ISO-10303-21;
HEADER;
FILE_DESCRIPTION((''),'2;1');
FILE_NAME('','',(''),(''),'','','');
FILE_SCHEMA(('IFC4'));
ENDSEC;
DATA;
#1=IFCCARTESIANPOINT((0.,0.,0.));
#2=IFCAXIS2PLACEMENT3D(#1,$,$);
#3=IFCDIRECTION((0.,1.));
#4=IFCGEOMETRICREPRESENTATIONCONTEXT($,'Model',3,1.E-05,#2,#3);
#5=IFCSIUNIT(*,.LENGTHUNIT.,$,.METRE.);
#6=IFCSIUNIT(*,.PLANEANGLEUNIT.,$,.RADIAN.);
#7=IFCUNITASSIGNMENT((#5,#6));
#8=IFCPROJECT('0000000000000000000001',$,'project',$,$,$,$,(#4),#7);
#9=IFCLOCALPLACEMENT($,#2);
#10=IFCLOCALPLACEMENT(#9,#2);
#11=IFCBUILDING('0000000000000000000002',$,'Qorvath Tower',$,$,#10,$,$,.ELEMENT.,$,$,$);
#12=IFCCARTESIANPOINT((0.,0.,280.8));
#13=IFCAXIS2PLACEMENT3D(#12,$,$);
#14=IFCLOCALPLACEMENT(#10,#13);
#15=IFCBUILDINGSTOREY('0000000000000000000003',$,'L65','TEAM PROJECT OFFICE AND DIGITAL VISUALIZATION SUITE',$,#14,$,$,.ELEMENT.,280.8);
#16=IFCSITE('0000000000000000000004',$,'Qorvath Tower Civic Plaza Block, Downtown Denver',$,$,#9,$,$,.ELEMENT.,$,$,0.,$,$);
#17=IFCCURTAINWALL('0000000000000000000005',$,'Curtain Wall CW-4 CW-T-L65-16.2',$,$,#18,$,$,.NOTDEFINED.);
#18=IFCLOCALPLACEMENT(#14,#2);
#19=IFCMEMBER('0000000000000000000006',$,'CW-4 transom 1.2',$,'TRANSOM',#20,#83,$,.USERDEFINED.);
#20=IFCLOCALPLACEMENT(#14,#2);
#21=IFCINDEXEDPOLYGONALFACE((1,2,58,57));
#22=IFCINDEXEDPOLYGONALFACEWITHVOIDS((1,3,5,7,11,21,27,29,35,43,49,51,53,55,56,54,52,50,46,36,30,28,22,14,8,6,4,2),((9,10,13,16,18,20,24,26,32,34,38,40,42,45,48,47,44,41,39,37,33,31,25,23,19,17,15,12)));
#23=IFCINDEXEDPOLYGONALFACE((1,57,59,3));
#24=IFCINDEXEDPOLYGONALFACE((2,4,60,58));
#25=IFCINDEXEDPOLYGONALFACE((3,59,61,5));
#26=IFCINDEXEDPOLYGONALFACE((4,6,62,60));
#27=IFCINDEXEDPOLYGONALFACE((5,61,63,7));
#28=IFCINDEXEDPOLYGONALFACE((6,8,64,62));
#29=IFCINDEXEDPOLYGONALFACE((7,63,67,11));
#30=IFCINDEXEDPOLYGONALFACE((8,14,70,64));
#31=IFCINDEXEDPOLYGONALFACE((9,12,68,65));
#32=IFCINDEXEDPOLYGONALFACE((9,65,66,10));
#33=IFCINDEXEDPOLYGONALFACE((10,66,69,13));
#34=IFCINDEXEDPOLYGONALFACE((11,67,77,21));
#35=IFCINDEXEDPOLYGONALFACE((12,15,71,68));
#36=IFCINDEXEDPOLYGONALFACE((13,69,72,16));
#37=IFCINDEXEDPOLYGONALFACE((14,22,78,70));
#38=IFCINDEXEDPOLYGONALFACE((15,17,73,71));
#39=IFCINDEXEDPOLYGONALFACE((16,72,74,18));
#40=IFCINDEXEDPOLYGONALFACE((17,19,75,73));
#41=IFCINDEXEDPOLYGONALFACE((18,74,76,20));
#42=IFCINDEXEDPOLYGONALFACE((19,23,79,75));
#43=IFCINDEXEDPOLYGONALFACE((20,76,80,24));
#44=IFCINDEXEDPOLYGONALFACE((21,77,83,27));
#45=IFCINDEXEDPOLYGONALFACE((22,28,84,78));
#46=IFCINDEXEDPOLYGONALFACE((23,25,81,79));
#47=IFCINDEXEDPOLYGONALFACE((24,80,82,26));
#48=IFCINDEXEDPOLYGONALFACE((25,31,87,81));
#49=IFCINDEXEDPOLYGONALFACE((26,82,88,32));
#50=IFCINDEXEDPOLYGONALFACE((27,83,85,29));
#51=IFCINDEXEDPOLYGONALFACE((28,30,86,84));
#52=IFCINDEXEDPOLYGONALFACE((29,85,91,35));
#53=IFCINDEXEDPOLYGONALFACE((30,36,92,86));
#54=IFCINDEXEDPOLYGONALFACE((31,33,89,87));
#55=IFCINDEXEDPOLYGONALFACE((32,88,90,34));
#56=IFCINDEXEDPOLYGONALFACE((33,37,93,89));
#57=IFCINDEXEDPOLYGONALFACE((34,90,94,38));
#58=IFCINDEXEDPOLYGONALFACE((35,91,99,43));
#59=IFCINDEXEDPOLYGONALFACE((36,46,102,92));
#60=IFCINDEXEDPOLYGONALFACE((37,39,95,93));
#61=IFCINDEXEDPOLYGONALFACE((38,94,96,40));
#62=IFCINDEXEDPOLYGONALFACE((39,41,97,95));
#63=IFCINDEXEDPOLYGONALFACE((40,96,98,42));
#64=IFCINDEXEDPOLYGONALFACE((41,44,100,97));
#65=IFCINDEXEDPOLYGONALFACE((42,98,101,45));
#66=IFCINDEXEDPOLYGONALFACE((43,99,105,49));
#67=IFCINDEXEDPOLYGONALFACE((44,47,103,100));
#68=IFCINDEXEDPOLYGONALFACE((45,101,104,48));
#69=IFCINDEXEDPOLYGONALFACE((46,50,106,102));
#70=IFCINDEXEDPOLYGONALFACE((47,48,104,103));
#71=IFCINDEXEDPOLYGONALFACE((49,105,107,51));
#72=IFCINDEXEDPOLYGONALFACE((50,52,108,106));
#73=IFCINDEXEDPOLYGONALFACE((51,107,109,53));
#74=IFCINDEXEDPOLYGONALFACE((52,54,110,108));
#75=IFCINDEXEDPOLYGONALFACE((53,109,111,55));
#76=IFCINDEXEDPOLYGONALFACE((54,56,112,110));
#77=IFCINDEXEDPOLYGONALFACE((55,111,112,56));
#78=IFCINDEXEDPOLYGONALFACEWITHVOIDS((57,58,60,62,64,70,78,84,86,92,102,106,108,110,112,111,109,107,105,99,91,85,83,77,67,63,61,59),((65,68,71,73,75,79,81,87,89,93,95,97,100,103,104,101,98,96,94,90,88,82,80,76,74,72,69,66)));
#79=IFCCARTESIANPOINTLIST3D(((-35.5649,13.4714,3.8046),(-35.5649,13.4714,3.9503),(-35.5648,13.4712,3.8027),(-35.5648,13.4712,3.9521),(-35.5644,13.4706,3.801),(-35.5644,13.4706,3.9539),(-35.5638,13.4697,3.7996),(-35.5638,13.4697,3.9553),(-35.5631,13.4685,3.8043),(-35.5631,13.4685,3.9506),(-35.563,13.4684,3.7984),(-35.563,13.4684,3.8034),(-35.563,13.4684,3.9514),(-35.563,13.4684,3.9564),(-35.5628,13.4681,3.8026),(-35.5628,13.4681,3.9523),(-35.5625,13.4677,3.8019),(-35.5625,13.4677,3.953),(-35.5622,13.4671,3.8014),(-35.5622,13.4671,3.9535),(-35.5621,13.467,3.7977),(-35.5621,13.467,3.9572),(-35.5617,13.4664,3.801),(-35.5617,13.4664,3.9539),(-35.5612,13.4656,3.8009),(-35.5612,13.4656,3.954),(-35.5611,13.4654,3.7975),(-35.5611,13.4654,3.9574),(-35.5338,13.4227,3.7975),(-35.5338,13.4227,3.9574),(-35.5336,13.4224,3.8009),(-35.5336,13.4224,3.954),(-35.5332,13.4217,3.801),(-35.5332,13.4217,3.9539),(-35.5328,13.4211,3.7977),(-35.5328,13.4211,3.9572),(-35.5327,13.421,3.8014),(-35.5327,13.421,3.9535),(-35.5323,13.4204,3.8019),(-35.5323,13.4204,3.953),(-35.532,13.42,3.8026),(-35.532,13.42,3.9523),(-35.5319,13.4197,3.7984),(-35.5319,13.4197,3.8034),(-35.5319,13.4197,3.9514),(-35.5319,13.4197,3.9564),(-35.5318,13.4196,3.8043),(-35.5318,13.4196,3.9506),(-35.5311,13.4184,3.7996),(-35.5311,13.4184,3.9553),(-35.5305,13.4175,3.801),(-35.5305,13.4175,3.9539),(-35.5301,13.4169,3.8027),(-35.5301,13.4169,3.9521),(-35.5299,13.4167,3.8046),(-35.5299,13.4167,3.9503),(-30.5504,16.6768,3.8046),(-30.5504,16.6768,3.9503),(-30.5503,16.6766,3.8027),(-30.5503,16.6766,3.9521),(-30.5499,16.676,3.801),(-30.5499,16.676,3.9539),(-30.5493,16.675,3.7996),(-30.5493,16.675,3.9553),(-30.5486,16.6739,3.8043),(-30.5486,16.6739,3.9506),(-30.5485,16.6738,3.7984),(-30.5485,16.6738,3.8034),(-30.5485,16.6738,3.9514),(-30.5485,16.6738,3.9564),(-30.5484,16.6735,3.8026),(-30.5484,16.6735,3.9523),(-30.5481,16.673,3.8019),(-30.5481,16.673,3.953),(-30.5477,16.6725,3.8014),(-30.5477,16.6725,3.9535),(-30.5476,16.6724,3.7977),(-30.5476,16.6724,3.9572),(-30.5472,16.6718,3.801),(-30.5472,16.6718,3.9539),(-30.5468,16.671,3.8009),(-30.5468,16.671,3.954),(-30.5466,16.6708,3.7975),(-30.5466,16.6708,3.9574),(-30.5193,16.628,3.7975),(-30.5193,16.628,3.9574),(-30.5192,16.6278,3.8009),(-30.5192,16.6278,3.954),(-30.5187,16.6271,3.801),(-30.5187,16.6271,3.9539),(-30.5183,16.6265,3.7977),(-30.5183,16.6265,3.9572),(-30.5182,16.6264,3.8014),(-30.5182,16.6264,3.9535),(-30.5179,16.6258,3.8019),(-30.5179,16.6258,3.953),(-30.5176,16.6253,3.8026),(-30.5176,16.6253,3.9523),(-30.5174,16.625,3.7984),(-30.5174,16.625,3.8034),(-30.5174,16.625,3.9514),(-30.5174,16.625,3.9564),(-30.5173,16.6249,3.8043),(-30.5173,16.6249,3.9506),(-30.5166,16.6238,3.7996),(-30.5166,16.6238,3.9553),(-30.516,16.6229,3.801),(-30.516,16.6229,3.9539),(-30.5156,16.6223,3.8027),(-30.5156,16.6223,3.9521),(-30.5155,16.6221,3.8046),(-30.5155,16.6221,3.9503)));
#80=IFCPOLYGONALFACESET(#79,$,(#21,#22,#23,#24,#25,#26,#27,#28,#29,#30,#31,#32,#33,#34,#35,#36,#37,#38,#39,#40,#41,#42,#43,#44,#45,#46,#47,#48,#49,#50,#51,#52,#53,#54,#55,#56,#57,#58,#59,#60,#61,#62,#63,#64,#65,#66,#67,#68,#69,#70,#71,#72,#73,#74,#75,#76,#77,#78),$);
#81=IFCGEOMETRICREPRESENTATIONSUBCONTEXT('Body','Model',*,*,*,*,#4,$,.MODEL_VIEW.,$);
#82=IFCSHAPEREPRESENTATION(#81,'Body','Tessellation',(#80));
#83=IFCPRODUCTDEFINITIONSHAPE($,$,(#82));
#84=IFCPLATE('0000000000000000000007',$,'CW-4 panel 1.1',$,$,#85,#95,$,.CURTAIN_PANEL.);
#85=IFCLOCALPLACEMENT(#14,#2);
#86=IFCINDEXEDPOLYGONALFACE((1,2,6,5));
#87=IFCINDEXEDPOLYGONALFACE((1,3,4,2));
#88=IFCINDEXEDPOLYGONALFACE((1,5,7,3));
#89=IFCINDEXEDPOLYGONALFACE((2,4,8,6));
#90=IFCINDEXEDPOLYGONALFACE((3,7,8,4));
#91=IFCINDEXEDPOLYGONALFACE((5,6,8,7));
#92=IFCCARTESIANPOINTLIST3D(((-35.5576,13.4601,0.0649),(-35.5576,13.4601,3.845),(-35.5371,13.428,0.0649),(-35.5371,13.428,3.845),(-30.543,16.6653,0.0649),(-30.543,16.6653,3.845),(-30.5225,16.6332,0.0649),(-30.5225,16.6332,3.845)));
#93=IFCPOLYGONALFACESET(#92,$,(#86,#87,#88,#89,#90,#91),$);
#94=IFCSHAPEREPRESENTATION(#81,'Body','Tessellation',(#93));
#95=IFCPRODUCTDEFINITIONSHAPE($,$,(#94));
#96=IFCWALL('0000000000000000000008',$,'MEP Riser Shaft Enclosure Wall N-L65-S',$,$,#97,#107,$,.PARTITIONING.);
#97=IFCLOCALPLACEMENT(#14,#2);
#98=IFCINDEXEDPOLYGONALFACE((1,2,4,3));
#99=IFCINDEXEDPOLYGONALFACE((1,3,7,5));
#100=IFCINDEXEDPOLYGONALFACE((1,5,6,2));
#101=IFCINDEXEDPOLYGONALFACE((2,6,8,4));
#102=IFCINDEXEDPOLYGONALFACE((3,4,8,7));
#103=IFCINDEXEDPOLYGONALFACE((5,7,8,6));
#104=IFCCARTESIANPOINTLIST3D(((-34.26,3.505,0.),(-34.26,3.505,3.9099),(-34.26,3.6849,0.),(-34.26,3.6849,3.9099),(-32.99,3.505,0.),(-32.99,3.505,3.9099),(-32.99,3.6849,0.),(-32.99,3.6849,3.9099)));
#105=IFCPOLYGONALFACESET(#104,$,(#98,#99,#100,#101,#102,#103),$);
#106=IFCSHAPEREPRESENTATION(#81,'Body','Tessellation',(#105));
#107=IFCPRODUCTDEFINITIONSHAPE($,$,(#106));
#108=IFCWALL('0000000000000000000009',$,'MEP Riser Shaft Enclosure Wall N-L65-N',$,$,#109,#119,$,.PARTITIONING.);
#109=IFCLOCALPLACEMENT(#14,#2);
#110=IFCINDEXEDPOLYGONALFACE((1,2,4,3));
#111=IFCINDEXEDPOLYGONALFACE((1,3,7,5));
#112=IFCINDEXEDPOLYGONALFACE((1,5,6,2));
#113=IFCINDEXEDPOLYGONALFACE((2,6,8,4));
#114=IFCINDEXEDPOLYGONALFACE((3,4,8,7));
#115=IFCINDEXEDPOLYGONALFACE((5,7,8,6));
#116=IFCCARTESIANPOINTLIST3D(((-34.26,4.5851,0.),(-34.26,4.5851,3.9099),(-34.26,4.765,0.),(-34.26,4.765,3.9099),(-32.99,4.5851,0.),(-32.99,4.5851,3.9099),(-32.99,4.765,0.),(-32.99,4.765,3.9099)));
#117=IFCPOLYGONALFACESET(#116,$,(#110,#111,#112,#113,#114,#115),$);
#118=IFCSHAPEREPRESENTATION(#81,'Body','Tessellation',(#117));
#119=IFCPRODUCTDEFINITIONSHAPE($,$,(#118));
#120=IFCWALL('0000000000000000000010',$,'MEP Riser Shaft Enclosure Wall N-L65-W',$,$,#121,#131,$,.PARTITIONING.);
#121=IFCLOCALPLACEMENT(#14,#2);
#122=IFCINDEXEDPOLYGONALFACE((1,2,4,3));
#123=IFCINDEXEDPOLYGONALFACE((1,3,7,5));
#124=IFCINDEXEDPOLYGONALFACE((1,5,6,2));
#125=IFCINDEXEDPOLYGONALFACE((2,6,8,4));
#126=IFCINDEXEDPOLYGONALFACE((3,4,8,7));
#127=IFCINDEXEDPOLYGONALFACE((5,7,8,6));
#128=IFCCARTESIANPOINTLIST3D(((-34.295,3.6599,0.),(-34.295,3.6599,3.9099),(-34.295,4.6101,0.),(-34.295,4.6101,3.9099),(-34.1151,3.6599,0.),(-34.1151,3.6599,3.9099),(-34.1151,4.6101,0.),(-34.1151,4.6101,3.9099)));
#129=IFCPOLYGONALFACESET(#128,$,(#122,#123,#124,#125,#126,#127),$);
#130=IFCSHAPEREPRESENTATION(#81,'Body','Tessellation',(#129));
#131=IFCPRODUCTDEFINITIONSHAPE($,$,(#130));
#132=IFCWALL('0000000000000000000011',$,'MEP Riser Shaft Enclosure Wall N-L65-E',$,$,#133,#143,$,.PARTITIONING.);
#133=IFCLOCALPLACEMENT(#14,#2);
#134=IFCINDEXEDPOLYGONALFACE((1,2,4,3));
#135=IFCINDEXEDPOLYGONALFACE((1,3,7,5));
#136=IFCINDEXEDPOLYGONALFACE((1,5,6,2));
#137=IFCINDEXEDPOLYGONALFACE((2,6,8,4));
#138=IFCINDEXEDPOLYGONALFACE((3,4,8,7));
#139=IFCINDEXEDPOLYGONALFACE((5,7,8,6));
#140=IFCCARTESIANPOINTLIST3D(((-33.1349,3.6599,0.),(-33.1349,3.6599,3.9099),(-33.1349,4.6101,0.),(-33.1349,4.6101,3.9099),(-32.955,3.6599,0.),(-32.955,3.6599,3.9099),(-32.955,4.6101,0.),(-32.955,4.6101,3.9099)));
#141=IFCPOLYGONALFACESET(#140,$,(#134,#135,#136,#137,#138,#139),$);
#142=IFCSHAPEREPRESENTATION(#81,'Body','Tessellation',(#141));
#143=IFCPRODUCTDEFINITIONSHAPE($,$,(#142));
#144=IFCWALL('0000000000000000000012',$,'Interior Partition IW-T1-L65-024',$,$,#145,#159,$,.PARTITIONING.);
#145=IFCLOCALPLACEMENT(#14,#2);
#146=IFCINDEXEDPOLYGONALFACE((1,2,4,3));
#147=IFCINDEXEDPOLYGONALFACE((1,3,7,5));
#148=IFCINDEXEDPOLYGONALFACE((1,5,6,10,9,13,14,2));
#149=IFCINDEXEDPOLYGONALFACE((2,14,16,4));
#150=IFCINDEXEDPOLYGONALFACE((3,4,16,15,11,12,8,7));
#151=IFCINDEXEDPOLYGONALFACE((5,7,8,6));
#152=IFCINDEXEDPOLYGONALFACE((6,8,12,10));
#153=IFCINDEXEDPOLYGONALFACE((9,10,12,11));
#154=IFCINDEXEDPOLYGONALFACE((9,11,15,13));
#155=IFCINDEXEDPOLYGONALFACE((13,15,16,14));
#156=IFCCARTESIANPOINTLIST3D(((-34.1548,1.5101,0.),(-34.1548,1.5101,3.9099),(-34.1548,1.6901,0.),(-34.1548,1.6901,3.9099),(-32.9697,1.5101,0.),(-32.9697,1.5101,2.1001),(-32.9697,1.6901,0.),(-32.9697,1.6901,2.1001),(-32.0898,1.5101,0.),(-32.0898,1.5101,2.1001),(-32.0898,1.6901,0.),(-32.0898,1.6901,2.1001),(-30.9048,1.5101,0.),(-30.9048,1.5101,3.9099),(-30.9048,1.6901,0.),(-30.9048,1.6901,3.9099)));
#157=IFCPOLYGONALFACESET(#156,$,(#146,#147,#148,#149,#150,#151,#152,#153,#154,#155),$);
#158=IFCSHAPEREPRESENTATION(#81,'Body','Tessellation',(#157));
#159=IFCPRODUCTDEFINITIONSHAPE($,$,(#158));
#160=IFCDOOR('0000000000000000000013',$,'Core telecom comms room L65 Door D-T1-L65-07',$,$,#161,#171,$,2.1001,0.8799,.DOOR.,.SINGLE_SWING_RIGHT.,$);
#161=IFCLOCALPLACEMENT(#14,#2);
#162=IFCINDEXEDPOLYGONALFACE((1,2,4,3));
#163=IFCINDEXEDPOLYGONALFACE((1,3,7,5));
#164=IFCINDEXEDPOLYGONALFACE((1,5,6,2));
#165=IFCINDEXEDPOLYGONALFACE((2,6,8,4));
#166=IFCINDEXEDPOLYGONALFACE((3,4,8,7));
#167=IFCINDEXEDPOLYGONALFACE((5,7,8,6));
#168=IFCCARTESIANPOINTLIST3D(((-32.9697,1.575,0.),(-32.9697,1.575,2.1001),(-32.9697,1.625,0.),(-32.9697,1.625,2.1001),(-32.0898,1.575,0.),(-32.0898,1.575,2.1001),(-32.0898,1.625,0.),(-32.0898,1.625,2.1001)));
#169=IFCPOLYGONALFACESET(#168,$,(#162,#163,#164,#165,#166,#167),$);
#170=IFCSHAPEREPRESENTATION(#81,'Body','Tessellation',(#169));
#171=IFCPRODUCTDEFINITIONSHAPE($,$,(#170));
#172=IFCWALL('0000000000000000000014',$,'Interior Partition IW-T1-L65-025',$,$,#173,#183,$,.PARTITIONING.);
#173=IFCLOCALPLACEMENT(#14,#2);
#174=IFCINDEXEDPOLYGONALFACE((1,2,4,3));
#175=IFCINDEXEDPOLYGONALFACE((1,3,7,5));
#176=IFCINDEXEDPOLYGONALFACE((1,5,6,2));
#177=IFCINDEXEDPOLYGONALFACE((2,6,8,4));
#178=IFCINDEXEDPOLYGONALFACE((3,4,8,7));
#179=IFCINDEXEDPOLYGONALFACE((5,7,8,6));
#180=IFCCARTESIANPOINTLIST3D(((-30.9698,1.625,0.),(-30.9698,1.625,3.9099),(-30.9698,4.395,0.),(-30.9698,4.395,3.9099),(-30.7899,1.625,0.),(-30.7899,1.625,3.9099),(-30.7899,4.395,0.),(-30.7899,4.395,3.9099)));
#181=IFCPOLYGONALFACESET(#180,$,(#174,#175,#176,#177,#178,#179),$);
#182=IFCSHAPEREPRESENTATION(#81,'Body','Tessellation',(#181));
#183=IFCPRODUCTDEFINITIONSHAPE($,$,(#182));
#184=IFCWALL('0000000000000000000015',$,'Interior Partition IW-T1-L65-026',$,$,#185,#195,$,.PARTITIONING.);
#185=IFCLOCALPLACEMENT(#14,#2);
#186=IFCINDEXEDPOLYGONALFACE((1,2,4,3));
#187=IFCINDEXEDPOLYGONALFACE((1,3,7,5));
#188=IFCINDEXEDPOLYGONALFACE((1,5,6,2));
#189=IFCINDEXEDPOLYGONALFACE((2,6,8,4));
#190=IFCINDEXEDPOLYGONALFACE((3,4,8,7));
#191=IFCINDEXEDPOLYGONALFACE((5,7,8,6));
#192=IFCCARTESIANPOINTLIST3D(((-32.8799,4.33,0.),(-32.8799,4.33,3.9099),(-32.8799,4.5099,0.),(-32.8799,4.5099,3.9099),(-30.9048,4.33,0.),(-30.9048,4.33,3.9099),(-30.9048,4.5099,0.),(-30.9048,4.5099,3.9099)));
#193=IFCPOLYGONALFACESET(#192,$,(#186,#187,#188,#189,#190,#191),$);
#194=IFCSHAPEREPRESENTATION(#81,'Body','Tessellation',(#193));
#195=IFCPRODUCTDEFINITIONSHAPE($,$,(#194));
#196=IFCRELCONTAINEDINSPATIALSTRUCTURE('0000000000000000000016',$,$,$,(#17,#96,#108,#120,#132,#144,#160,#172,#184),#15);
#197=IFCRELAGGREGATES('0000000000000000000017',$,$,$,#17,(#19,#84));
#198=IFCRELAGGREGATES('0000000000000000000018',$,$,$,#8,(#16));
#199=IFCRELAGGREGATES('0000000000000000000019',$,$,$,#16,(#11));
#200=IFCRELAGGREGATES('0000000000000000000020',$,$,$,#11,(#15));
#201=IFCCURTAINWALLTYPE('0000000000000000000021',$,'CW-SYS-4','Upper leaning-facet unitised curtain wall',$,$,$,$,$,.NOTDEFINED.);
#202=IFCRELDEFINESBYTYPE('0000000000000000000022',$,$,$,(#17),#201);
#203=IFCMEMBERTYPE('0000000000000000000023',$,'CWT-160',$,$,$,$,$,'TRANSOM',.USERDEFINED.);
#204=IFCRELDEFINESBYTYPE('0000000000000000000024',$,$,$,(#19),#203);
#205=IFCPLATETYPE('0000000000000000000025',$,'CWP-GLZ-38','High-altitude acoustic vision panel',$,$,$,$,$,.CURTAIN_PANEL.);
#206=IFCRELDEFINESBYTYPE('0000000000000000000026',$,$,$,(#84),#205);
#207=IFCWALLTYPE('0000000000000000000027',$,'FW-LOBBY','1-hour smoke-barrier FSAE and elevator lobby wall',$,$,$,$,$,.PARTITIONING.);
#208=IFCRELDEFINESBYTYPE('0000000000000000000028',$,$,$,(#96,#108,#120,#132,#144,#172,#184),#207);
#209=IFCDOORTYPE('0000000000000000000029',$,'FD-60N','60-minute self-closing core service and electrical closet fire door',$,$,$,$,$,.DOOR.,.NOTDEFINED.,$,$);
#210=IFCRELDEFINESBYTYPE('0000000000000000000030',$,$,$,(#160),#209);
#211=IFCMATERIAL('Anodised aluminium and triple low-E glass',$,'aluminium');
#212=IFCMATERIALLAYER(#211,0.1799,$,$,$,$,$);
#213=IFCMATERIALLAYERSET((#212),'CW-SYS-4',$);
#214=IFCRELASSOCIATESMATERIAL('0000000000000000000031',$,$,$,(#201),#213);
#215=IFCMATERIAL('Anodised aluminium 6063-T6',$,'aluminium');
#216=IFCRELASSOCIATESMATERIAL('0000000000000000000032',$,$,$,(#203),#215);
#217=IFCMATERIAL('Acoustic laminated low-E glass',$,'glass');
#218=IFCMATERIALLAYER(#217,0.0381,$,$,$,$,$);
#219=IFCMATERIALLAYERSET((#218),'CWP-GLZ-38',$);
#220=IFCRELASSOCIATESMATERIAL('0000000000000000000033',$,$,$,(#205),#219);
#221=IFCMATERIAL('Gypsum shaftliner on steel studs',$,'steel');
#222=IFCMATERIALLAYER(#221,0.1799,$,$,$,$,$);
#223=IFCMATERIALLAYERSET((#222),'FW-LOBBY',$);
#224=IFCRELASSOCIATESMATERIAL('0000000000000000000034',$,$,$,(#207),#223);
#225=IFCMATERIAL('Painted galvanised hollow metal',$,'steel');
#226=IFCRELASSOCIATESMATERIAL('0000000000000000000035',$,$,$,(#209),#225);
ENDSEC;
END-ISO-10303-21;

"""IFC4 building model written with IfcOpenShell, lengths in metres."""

from ifc_helpers import new_model, si_unit, direction, frame, frame_2d, origin, origin_2d, place, context, subcontext, project, spatial, rectangle, hollow_rectangle, extrude, material, layer, layer_set, material_profile, profile_set, type_object, element, fill, aggregate, save


model = new_model("IFC4")

# Units and contexts
model_context = context("Model", 3, precision=1e-05, world=origin(), true_north=direction((0.0, 1.0)))
body_context = subcontext(model_context, "Body", "Model", "MODEL_VIEW")
ifc_project = project(units=[si_unit("LENGTHUNIT", "METRE"), si_unit("PLANEANGLEUNIT", "RADIAN")], contexts=[model_context])

# Site, building, storey
site_placement = place(None, origin())
site = spatial("IfcSite", under=ifc_project, at=site_placement, Name="Qorvath Tower Civic Plaza Block, Downtown Denver", CompositionType="ELEMENT", RefElevation=0.0)
building_placement = place(site_placement, origin())
building = spatial("IfcBuilding", under=site, at=building_placement, Name="Qorvath Tower", CompositionType="ELEMENT")
storey_placement = place(building_placement, frame((0.0, 0.0, 280.8)))
storey = spatial("IfcBuildingStorey", under=building, at=storey_placement, Name="L65", Description="TEAM PROJECT OFFICE AND DIGITAL VISUALIZATION SUITE", CompositionType="ELEMENT", Elevation=280.8)

# Shared definitions
ifc_material_1 = material(Name="Anodised aluminium and triple low-E glass", Category="aluminium")
ifc_layer_1 = layer(ifc_material_1, 0.1799)
ifc_layer_set_1 = layer_set([ifc_layer_1], Name="CW-SYS-4")
curtain_wall_type = type_object("IfcCurtainWallType", Name="CW-SYS-4", Description="Upper leaning-facet unitised curtain wall", PredefinedType="NOTDEFINED", material=ifc_layer_set_1)

# Curtain wall, member, plate
curtain_wall_1_placement = place(storey_placement, origin())
curtain_wall_1 = element("IfcCurtainWall", 1, at=curtain_wall_1_placement, inside=storey, type_object=curtain_wall_type, Name="Curtain Wall CW-4 CW-T-L65-16.2", PredefinedType="NOTDEFINED")
ifc_material_2 = material(Name="Anodised aluminium 6063-T6", Category="aluminium")
ifc_material_profile_1 = material_profile(ifc_material_2, hollow_rectangle(XDim=0.0649, YDim=0.1599, WallThickness=0.0034, InnerFilletRadius=0.0034, OuterFilletRadius=0.0071, at=origin_2d()), Name="CWT 160x65")
ifc_profile_set_1 = profile_set([ifc_material_profile_1], Name="Anodised aluminium 6063-T6")
member_type_1 = type_object("IfcMemberType", Name="CWT-160", ElementType="TRANSOM", PredefinedType="USERDEFINED", material=ifc_profile_set_1)
member_1_placement = place(storey_placement, frame((-30.533, 16.6494, 3.8774), z_axis=(-0.842569, -0.538589, 0.0), x_axis=(0.538589, -0.842569, 0.0)))
member_1 = element("IfcMember", 2, at=member_1_placement, type_object=member_type_1, Name="CW-4 transom 1.2", ObjectType="TRANSOM", PredefinedType="USERDEFINED", context=body_context, shape_type="SweptSolid", body=[
    extrude(hollow_rectangle(XDim=0.0649, YDim=0.1599, WallThickness=0.0034, InnerFilletRadius=0.0034, OuterFilletRadius=0.0071, at=origin_2d()), origin(), (0.0, 0.0, 1.0), 5.9514),
])
ifc_material_3 = material(Name="Acoustic laminated low-E glass", Category="glass")
ifc_layer_2 = layer(ifc_material_3, 0.0381)
ifc_layer_set_2 = layer_set([ifc_layer_2], Name="CWP-GLZ-38")
plate_type = type_object("IfcPlateType", Name="CWP-GLZ-38", Description="High-altitude acoustic vision panel", PredefinedType="CURTAIN_PANEL", material=ifc_layer_set_2)
plate_placement = place(storey_placement, frame((-33.04, 15.0466, 0.0649), z_axis=(0.0, 0.0, 1.0), x_axis=(-0.842589, -0.538556, 0.0)))
plate = element("IfcPlate", 3, at=plate_placement, type_object=plate_type, Name="CW-4 panel 1.1", PredefinedType="CURTAIN_PANEL", context=body_context, shape_type="SweptSolid", body=[
    extrude(rectangle(XDim=5.9514, YDim=0.0381, at=origin_2d()), origin(), (0.0, 0.0, 1.0), 3.78),
])
aggregate(curtain_wall_1, [member_1, plate])

# Walls
ifc_material_4 = material(Name="Gypsum shaftliner on steel studs", Category="steel")
ifc_layer_3 = layer(ifc_material_4, 0.1799)
ifc_layer_set_3 = layer_set([ifc_layer_3], Name="FW-LOBBY")
wall_type_1 = type_object("IfcWallType", Name="FW-LOBBY", Description="1-hour smoke-barrier FSAE and elevator lobby wall", PredefinedType="PARTITIONING", material=ifc_layer_set_3)
for number, where, z_axis, x_axis, name in (
    (4, (-32.99, 3.595, 0.0), (0.0, 0.0, 1.0), (-1.0, 0.0, 0.0), "MEP Riser Shaft Enclosure Wall N-L65-S"),
    (5, (-34.26, 4.675, 0.0), (0.0, 0.0, 1.0), (1.0, 0.0, 0.0), "MEP Riser Shaft Enclosure Wall N-L65-N"),
):
    element("IfcWall", number, at=place(storey_placement, frame(where, z_axis=z_axis, x_axis=x_axis)), inside=storey, type_object=wall_type_1, Name=name, PredefinedType="PARTITIONING", context=body_context, shape_type="SweptSolid", body=[
        extrude(rectangle(XDim=1.27, YDim=0.1799, at=frame_2d((0.635, 0.0))), origin(), (0.0, 0.0, 1.0), 3.9099),
    ])
for number, where, z_axis, x_axis, name in (
    (6, (-34.2051, 3.6599, 0.0), (0.0, 0.0, 1.0), (0.0, 1.0, 0.0), "MEP Riser Shaft Enclosure Wall N-L65-W"),
    (7, (-33.0449, 4.6101, 0.0), (0.0, 0.0, 1.0), (0.0, -1.0, 0.0), "MEP Riser Shaft Enclosure Wall N-L65-E"),
):
    element("IfcWall", number, at=place(storey_placement, frame(where, z_axis=z_axis, x_axis=x_axis)), inside=storey, type_object=wall_type_1, Name=name, PredefinedType="PARTITIONING", context=body_context, shape_type="SweptSolid", body=[
        extrude(rectangle(XDim=0.9502, YDim=0.1799, at=frame_2d((0.4751, 0.0))), origin(), (0.0, 0.0, 1.0), 3.9099),
    ])

# Wall, opening, door
wall_1_placement = place(storey_placement, frame((-34.1548, 1.6001, 0.0), z_axis=(0.0, 0.0, 1.0), x_axis=(1.0, 0.0, 0.0)))
wall_1 = element("IfcWall", 8, at=wall_1_placement, inside=storey, type_object=wall_type_1, Name="Interior Partition IW-T1-L65-024", PredefinedType="PARTITIONING", context=body_context, shape_type="SweptSolid", body=[
    extrude(rectangle(XDim=3.25, YDim=0.1799, at=frame_2d((1.625, 0.0))), origin(), (0.0, 0.0, 1.0), 3.9099),
])
opening_1_placement = place(wall_1_placement, frame((1.1851, 0.0, 0.0)))
opening_1 = element("IfcOpeningElement", 9, at=opening_1_placement, cuts=wall_1, PredefinedType="OPENING", context=body_context, shape_type="SweptSolid", body=[
    extrude(rectangle(XDim=0.8799, YDim=2.1001, at=frame_2d((0.4399, 1.05))), frame((0.0, 0.1001, 0.0), z_axis=(0.0, -1.0, 0.0), x_axis=(1.0, 0.0, 0.0)), (0.0, 0.0, 1.0), 0.2),
])
ifc_material_5 = material(Name="Painted galvanised hollow metal", Category="steel")
door_type_1 = type_object("IfcDoorType", Name="FD-60N", Description="60-minute self-closing core service and electrical closet fire door", OperationType="NOTDEFINED", PredefinedType="DOOR", material=ifc_material_5)
door_1_placement = place(opening_1_placement, origin())
door_1 = element("IfcDoor", 10, at=door_1_placement, inside=storey, type_object=door_type_1, Name="Core telecom comms room L65 Door D-T1-L65-07", OperationType="SINGLE_SWING_RIGHT", OverallHeight=2.1001, OverallWidth=0.8799, PredefinedType="DOOR", context=body_context, shape_type="SweptSolid", body=[
    extrude(rectangle(XDim=0.8799, YDim=2.1001, at=frame_2d((0.4399, 1.05))), frame((0.0, 0.0249, 0.0), z_axis=(0.0, -1.0, 0.0), x_axis=(1.0, 0.0, 0.0)), (0.0, 0.0, 1.0), 0.05),
])
fill(opening_1, door_1)

# Walls
wall_2_placement = place(storey_placement, frame((-30.8799, 1.625, 0.0), z_axis=(0.0, 0.0, 1.0), x_axis=(0.0, 1.0, 0.0)))
element("IfcWall", 11, at=wall_2_placement, inside=storey, type_object=wall_type_1, Name="Interior Partition IW-T1-L65-025", PredefinedType="PARTITIONING", context=body_context, shape_type="SweptSolid", body=[
    extrude(rectangle(XDim=2.77, YDim=0.1799, at=frame_2d((1.385, 0.0))), origin(), (0.0, 0.0, 1.0), 3.9099),
])
wall_3_placement = place(storey_placement, frame((-30.9048, 4.4199, 0.0), z_axis=(0.0, 0.0, 1.0), x_axis=(-1.0, 0.0, 0.0)))
element("IfcWall", 12, at=wall_3_placement, inside=storey, type_object=wall_type_1, Name="Interior Partition IW-T1-L65-026", PredefinedType="PARTITIONING", context=body_context, shape_type="SweptSolid", body=[
    extrude(rectangle(XDim=1.9751, YDim=0.1799, at=frame_2d((0.9875, 0.0))), origin(), (0.0, 0.0, 1.0), 3.9099),
])

save(model, "model.ifc")
